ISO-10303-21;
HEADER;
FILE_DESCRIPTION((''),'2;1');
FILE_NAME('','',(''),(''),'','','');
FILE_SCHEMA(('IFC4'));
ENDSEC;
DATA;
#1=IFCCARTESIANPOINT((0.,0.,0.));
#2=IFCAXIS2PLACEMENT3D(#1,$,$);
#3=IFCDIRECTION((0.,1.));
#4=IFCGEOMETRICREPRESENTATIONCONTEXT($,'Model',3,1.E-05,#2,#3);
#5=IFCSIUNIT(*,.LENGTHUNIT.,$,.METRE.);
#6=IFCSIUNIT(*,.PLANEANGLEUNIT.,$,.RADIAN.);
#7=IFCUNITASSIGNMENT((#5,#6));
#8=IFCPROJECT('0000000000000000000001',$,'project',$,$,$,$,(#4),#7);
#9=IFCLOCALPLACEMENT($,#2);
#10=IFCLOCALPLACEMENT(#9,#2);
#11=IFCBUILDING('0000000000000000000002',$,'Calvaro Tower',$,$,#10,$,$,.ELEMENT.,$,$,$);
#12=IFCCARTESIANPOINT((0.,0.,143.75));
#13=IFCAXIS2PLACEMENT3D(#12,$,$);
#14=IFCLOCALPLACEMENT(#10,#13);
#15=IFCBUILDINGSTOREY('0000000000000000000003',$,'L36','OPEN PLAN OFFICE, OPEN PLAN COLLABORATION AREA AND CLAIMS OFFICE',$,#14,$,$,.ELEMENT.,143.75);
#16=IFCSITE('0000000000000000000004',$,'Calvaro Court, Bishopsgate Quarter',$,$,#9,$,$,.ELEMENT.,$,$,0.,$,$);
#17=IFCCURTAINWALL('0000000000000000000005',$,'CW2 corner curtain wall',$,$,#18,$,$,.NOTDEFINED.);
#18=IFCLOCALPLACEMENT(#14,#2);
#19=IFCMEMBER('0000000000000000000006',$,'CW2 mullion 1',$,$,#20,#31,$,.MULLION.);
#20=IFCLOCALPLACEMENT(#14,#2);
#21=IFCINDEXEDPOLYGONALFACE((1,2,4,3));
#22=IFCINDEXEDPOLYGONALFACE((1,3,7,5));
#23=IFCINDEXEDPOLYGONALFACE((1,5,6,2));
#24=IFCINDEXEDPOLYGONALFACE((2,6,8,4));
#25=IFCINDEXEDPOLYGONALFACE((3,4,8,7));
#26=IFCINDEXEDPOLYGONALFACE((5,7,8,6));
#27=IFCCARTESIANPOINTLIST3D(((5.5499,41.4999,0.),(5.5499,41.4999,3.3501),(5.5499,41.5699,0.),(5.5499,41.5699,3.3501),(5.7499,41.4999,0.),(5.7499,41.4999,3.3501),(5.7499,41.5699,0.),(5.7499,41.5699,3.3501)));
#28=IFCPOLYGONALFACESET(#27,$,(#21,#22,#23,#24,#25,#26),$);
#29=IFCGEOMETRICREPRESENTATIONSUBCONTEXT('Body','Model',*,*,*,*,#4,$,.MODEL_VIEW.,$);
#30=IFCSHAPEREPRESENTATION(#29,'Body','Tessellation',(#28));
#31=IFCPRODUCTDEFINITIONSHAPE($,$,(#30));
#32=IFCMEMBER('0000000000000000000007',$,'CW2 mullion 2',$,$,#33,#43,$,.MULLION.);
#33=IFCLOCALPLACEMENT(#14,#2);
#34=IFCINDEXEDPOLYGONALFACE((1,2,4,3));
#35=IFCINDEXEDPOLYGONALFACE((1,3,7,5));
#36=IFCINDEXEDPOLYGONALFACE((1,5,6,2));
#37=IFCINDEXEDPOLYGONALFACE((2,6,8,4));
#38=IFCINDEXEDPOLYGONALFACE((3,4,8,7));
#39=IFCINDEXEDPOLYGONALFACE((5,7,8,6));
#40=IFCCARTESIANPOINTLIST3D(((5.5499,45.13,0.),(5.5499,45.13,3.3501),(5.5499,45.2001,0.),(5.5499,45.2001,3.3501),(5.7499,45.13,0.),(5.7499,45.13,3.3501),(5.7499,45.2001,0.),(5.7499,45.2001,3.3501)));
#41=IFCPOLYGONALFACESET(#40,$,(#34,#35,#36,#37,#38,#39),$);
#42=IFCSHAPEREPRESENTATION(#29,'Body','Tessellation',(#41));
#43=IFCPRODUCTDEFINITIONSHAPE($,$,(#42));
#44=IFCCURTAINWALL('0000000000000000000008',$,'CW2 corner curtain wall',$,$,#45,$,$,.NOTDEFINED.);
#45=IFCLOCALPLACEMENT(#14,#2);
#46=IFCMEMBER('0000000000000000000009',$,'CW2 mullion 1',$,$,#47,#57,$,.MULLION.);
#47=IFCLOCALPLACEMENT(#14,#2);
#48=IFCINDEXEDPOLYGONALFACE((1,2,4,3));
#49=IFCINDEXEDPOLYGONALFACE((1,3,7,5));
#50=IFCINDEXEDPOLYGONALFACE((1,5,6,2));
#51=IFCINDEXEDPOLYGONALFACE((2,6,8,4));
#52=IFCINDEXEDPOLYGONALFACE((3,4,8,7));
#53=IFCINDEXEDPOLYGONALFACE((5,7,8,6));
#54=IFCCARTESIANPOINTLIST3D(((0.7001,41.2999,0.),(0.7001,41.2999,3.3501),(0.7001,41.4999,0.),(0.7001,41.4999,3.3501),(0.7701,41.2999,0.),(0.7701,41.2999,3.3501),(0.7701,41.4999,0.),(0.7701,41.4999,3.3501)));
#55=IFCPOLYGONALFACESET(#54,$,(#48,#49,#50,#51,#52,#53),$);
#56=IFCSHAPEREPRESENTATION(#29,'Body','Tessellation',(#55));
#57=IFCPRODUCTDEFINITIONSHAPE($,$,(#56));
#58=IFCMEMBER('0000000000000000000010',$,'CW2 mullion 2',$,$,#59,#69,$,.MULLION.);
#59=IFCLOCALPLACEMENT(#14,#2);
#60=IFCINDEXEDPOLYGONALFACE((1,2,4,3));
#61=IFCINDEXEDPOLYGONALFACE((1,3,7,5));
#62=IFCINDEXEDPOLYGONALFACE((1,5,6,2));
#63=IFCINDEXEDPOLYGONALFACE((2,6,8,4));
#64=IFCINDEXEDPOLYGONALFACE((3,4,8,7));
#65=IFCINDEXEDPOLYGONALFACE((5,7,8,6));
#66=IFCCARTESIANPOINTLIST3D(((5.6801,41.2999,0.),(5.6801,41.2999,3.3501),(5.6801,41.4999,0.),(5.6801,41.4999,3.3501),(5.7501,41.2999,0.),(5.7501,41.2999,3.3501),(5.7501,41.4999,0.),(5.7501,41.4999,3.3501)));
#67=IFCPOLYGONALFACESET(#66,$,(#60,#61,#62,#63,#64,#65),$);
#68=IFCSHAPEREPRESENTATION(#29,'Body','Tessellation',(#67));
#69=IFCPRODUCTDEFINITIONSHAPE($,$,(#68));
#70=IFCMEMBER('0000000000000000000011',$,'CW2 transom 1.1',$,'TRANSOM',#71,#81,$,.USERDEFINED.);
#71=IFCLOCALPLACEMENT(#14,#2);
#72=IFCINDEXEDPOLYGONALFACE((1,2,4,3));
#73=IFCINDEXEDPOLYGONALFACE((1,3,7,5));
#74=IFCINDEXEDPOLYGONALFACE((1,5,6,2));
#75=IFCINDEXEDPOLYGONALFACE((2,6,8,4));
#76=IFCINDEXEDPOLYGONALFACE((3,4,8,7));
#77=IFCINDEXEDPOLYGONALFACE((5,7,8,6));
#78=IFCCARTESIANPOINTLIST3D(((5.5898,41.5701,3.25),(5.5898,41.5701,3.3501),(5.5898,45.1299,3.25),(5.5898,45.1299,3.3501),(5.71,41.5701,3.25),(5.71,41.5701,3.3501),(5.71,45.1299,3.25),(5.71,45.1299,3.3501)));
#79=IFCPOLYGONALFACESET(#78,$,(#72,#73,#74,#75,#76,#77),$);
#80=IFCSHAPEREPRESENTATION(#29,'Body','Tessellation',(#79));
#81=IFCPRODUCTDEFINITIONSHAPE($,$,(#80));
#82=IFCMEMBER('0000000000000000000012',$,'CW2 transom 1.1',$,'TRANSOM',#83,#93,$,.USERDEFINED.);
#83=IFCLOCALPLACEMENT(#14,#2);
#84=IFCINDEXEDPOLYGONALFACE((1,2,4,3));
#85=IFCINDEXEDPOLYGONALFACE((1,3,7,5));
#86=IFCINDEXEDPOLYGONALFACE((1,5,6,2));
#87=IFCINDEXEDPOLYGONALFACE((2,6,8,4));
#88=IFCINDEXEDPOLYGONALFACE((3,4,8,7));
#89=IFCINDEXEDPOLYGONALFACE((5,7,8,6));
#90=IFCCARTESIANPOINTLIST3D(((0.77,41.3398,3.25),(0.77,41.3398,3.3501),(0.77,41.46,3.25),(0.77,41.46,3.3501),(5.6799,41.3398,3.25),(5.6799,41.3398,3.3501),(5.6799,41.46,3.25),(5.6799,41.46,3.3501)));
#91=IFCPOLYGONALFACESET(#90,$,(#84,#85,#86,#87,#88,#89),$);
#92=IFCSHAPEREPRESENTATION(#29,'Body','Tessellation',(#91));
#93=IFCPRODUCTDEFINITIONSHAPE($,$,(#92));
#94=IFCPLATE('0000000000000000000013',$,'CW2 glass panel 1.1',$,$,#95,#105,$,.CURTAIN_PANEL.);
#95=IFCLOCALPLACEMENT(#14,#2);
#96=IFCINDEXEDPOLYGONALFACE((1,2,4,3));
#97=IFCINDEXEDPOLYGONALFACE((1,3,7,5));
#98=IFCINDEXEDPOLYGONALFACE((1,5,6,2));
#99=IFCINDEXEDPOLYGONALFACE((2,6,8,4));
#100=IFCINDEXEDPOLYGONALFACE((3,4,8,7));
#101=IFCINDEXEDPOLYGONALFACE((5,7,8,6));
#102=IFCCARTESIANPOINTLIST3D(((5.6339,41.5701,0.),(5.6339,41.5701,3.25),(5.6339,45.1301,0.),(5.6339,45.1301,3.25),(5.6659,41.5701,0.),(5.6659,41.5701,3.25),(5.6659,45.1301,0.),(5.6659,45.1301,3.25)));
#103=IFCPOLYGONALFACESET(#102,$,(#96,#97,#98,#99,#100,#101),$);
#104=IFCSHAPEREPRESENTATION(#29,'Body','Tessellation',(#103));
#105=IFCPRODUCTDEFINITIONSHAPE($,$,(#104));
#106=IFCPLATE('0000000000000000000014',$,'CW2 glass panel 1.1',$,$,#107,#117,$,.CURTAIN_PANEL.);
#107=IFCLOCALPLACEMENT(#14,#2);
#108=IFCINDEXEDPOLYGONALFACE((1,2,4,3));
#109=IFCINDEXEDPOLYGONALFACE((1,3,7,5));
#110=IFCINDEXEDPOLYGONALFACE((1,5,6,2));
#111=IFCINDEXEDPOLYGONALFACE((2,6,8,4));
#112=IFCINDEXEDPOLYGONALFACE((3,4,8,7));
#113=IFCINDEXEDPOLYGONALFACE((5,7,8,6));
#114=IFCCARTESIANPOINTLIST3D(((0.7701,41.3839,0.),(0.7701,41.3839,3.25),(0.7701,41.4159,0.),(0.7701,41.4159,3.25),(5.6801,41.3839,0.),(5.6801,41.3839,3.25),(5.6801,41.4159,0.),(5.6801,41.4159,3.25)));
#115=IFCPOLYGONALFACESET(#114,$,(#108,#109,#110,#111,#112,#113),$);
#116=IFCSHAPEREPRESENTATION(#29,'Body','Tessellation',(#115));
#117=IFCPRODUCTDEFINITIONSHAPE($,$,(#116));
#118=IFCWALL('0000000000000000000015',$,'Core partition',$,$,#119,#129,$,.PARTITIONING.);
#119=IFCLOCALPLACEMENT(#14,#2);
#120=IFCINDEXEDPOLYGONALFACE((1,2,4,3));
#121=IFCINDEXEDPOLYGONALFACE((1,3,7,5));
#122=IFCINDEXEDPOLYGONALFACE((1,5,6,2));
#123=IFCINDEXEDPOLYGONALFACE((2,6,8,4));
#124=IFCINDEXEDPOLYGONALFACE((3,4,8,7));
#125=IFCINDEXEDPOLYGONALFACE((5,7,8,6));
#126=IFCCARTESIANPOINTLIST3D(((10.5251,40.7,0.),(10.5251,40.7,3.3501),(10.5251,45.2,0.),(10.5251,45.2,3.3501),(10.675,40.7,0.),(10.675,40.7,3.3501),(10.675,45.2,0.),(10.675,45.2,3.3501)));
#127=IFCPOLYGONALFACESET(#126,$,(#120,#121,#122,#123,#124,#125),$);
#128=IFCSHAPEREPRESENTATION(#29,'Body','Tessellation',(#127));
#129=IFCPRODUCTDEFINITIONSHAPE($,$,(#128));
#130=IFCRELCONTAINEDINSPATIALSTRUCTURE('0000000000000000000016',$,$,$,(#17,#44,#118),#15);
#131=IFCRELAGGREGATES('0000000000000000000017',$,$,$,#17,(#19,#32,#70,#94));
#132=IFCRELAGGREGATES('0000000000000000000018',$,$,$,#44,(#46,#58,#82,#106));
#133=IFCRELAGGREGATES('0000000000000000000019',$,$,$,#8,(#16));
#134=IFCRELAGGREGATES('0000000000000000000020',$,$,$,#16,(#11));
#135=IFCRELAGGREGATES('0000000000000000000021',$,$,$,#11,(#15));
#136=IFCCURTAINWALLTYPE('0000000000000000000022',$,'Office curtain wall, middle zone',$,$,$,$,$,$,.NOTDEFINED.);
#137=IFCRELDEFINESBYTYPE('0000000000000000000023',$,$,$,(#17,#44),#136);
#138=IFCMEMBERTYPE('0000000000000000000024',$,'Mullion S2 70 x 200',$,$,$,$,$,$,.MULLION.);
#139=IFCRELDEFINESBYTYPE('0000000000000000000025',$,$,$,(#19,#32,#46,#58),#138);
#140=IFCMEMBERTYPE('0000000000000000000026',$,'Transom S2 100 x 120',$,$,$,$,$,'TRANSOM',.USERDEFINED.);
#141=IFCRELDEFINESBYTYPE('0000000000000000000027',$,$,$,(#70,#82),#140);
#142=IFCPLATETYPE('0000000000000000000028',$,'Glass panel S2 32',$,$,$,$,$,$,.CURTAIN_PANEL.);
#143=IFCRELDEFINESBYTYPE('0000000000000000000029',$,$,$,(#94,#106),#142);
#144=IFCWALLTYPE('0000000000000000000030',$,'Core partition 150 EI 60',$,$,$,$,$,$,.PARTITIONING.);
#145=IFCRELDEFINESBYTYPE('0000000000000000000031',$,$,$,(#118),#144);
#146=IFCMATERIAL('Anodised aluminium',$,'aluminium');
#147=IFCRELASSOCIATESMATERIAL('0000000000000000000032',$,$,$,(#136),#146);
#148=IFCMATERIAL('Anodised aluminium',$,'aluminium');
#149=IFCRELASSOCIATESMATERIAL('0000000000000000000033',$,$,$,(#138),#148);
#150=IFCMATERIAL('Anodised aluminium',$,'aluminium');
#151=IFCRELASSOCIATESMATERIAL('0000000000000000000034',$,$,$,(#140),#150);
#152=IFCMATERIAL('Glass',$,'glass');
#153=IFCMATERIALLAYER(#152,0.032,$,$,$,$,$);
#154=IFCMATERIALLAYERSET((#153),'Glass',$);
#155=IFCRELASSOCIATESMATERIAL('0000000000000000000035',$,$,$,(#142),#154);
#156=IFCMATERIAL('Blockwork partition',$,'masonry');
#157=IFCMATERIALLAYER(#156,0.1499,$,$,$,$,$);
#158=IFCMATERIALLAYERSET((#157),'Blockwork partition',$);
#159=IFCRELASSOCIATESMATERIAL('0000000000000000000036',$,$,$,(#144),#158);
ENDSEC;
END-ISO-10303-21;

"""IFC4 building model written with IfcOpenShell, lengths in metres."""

from ifc_helpers import new_model, si_unit, direction, frame, frame_2d, origin, origin_2d, place, context, subcontext, project, spatial, rectangle, extrude, material, layer, layer_set, material_profile, profile_set, type_object, element, aggregate, save


model = new_model("IFC4")

# Units and contexts
model_context = context("Model", 3, precision=1e-05, world=origin(), true_north=direction((0.0, 1.0)))
body_context = subcontext(model_context, "Body", "Model", "MODEL_VIEW")
ifc_project = project(units=[si_unit("LENGTHUNIT", "METRE"), si_unit("PLANEANGLEUNIT", "RADIAN")], contexts=[model_context])

# Site, building, storey
site_placement = place(None, origin())
site = spatial("IfcSite", under=ifc_project, at=site_placement, Name="Calvaro Court, Bishopsgate Quarter", CompositionType="ELEMENT", RefElevation=0.0)
building_placement = place(site_placement, origin())
building = spatial("IfcBuilding", under=site, at=building_placement, Name="Calvaro Tower", CompositionType="ELEMENT")
storey_placement = place(building_placement, frame((0.0, 0.0, 143.75)))
storey = spatial("IfcBuildingStorey", under=building, at=storey_placement, Name="L36", Description="OPEN PLAN OFFICE, OPEN PLAN COLLABORATION AREA AND CLAIMS OFFICE", CompositionType="ELEMENT", Elevation=143.75)

# Curtain walls, members
ifc_material_1 = material(Name="Anodised aluminium", Category="aluminium")
curtain_wall_type = type_object("IfcCurtainWallType", Name="Office curtain wall, middle zone", PredefinedType="NOTDEFINED", material=ifc_material_1)
curtain_wall_1_placement = place(storey_placement, origin())
curtain_wall_1 = element("IfcCurtainWall", 1, at=curtain_wall_1_placement, inside=storey, type_object=curtain_wall_type, Name="CW2 corner curtain wall", PredefinedType="NOTDEFINED")
ifc_material_2 = material(Name="Anodised aluminium", Category="aluminium")
ifc_material_profile_1 = material_profile(ifc_material_2, rectangle(XDim=0.2, YDim=0.0701, at=origin_2d()), Name="Mullion S2 70 x 200")
ifc_profile_set_1 = profile_set([ifc_material_profile_1], Name="Anodised aluminium")
member_type_1 = type_object("IfcMemberType", Name="Mullion S2 70 x 200", PredefinedType="MULLION", material=ifc_profile_set_1)
member_1_placement = place(storey_placement, frame((5.6499, 41.5349, 0.0), z_axis=(0.0, 0.0, 1.0), x_axis=(-1.0, 0.0, 0.0)))
member_1 = element("IfcMember", 2, at=member_1_placement, type_object=member_type_1, Name="CW2 mullion 1", PredefinedType="MULLION", context=body_context, shape_type="SweptSolid", body=[
    extrude(rectangle(XDim=0.2, YDim=0.0701, at=origin_2d()), origin(), (0.0, 0.0, 1.0), 3.3501),
])
member_2_placement = place(storey_placement, frame((5.6499, 45.165, 0.0), z_axis=(0.0, 0.0, 1.0), x_axis=(-1.0, 0.0, 0.0)))
member_2 = element("IfcMember", 3, at=member_2_placement, type_object=member_type_1, Name="CW2 mullion 2", PredefinedType="MULLION", context=body_context, shape_type="SweptSolid", body=[
    extrude(rectangle(XDim=0.2, YDim=0.0701, at=origin_2d()), origin(), (0.0, 0.0, 1.0), 3.3501),
])
curtain_wall_2_placement = place(storey_placement, origin())
curtain_wall_2 = element("IfcCurtainWall", 4, at=curtain_wall_2_placement, inside=storey, type_object=curtain_wall_type, Name="CW2 corner curtain wall", PredefinedType="NOTDEFINED")
member_3_placement = place(storey_placement, frame((0.7351, 41.3999, 0.0), z_axis=(0.0, 0.0, 1.0), x_axis=(0.0, 1.0, 0.0)))
member_3 = element("IfcMember", 5, at=member_3_placement, type_object=member_type_1, Name="CW2 mullion 1", PredefinedType="MULLION", context=body_context, shape_type="SweptSolid", body=[
    extrude(rectangle(XDim=0.2, YDim=0.0701, at=origin_2d()), origin(), (0.0, 0.0, 1.0), 3.3501),
])
member_4_placement = place(storey_placement, frame((5.7151, 41.3999, 0.0), z_axis=(0.0, 0.0, 1.0), x_axis=(0.0, 1.0, 0.0)))
member_4 = element("IfcMember", 6, at=member_4_placement, type_object=member_type_1, Name="CW2 mullion 2", PredefinedType="MULLION", context=body_context, shape_type="SweptSolid", body=[
    extrude(rectangle(XDim=0.2, YDim=0.0701, at=origin_2d()), origin(), (0.0, 0.0, 1.0), 3.3501),
])

# Members
ifc_material_3 = material(Name="Anodised aluminium", Category="aluminium")
ifc_material_profile_2 = material_profile(ifc_material_3, rectangle(XDim=0.1201, YDim=0.1001, at=origin_2d()), Name="Transom S2 100 x 120")
ifc_profile_set_2 = profile_set([ifc_material_profile_2], Name="Anodised aluminium")
member_type_2 = type_object("IfcMemberType", Name="Transom S2 100 x 120", ElementType="TRANSOM", PredefinedType="USERDEFINED", material=ifc_profile_set_2)
member_5_placement = place(storey_placement, frame((5.6499, 41.5701, 3.3), z_axis=(0.0, 1.0, 0.0), x_axis=(-1.0, 0.0, 0.0)))
member_5 = element("IfcMember", 7, at=member_5_placement, type_object=member_type_2, Name="CW2 transom 1.1", ObjectType="TRANSOM", PredefinedType="USERDEFINED", context=body_context, shape_type="SweptSolid", body=[
    extrude(rectangle(XDim=0.1201, YDim=0.1001, at=origin_2d()), origin(), (0.0, 0.0, 1.0), 3.5598),
])
member_6_placement = place(storey_placement, frame((0.77, 41.3999, 3.3), z_axis=(1.0, 0.0, 0.0), x_axis=(0.0, 1.0, 0.0)))
member_6 = element("IfcMember", 8, at=member_6_placement, type_object=member_type_2, Name="CW2 transom 1.1", ObjectType="TRANSOM", PredefinedType="USERDEFINED", context=body_context, shape_type="SweptSolid", body=[
    extrude(rectangle(XDim=0.1201, YDim=0.1001, at=origin_2d()), origin(), (0.0, 0.0, 1.0), 4.9099),
])

# Plates
ifc_material_4 = material(Name="Glass", Category="glass")
ifc_layer_1 = layer(ifc_material_4, 0.032)
ifc_layer_set_1 = layer_set([ifc_layer_1], Name="Glass")
plate_type = type_object("IfcPlateType", Name="Glass panel S2 32", PredefinedType="CURTAIN_PANEL", material=ifc_layer_set_1)
plate_1_placement = place(storey_placement, frame((5.6499, 43.3501, 0.0), z_axis=(0.0, 0.0, 1.0), x_axis=(0.0, 1.0, 0.0)))
plate_1 = element("IfcPlate", 9, at=plate_1_placement, type_object=plate_type, Name="CW2 glass panel 1.1", PredefinedType="CURTAIN_PANEL", context=body_context, shape_type="SweptSolid", body=[
    extrude(rectangle(XDim=3.5601, YDim=0.032, at=origin_2d()), origin(), (0.0, 0.0, 1.0), 3.25),
])
aggregate(curtain_wall_1, [member_1, member_2, member_5, plate_1])
plate_2_placement = place(storey_placement, frame((3.2251, 41.3999, 0.0), z_axis=(0.0, 0.0, 1.0), x_axis=(1.0, 0.0, 0.0)))
plate_2 = element("IfcPlate", 10, at=plate_2_placement, type_object=plate_type, Name="CW2 glass panel 1.1", PredefinedType="CURTAIN_PANEL", context=body_context, shape_type="SweptSolid", body=[
    extrude(rectangle(XDim=4.9099, YDim=0.032, at=origin_2d()), origin(), (0.0, 0.0, 1.0), 3.25),
])
aggregate(curtain_wall_2, [member_3, member_4, member_6, plate_2])

# Wall
ifc_material_5 = material(Name="Blockwork partition", Category="masonry")
ifc_layer_2 = layer(ifc_material_5, 0.1499)
ifc_layer_set_2 = layer_set([ifc_layer_2], Name="Blockwork partition")
wall_type_1 = type_object("IfcWallType", Name="Core partition 150 EI 60", PredefinedType="PARTITIONING", material=ifc_layer_set_2)
wall_1_placement = place(storey_placement, frame((10.6001, 40.7, 0.0), z_axis=(0.0, 0.0, 1.0), x_axis=(0.0, 1.0, 0.0)))
element("IfcWall", 11, at=wall_1_placement, inside=storey, type_object=wall_type_1, Name="Core partition", PredefinedType="PARTITIONING", context=body_context, shape_type="SweptSolid", body=[
    extrude(rectangle(XDim=4.5, YDim=0.1499, at=frame_2d((2.25, 0.0))), origin(), (0.0, 0.0, 1.0), 3.3501),
])

save(model, "model.ifc")
